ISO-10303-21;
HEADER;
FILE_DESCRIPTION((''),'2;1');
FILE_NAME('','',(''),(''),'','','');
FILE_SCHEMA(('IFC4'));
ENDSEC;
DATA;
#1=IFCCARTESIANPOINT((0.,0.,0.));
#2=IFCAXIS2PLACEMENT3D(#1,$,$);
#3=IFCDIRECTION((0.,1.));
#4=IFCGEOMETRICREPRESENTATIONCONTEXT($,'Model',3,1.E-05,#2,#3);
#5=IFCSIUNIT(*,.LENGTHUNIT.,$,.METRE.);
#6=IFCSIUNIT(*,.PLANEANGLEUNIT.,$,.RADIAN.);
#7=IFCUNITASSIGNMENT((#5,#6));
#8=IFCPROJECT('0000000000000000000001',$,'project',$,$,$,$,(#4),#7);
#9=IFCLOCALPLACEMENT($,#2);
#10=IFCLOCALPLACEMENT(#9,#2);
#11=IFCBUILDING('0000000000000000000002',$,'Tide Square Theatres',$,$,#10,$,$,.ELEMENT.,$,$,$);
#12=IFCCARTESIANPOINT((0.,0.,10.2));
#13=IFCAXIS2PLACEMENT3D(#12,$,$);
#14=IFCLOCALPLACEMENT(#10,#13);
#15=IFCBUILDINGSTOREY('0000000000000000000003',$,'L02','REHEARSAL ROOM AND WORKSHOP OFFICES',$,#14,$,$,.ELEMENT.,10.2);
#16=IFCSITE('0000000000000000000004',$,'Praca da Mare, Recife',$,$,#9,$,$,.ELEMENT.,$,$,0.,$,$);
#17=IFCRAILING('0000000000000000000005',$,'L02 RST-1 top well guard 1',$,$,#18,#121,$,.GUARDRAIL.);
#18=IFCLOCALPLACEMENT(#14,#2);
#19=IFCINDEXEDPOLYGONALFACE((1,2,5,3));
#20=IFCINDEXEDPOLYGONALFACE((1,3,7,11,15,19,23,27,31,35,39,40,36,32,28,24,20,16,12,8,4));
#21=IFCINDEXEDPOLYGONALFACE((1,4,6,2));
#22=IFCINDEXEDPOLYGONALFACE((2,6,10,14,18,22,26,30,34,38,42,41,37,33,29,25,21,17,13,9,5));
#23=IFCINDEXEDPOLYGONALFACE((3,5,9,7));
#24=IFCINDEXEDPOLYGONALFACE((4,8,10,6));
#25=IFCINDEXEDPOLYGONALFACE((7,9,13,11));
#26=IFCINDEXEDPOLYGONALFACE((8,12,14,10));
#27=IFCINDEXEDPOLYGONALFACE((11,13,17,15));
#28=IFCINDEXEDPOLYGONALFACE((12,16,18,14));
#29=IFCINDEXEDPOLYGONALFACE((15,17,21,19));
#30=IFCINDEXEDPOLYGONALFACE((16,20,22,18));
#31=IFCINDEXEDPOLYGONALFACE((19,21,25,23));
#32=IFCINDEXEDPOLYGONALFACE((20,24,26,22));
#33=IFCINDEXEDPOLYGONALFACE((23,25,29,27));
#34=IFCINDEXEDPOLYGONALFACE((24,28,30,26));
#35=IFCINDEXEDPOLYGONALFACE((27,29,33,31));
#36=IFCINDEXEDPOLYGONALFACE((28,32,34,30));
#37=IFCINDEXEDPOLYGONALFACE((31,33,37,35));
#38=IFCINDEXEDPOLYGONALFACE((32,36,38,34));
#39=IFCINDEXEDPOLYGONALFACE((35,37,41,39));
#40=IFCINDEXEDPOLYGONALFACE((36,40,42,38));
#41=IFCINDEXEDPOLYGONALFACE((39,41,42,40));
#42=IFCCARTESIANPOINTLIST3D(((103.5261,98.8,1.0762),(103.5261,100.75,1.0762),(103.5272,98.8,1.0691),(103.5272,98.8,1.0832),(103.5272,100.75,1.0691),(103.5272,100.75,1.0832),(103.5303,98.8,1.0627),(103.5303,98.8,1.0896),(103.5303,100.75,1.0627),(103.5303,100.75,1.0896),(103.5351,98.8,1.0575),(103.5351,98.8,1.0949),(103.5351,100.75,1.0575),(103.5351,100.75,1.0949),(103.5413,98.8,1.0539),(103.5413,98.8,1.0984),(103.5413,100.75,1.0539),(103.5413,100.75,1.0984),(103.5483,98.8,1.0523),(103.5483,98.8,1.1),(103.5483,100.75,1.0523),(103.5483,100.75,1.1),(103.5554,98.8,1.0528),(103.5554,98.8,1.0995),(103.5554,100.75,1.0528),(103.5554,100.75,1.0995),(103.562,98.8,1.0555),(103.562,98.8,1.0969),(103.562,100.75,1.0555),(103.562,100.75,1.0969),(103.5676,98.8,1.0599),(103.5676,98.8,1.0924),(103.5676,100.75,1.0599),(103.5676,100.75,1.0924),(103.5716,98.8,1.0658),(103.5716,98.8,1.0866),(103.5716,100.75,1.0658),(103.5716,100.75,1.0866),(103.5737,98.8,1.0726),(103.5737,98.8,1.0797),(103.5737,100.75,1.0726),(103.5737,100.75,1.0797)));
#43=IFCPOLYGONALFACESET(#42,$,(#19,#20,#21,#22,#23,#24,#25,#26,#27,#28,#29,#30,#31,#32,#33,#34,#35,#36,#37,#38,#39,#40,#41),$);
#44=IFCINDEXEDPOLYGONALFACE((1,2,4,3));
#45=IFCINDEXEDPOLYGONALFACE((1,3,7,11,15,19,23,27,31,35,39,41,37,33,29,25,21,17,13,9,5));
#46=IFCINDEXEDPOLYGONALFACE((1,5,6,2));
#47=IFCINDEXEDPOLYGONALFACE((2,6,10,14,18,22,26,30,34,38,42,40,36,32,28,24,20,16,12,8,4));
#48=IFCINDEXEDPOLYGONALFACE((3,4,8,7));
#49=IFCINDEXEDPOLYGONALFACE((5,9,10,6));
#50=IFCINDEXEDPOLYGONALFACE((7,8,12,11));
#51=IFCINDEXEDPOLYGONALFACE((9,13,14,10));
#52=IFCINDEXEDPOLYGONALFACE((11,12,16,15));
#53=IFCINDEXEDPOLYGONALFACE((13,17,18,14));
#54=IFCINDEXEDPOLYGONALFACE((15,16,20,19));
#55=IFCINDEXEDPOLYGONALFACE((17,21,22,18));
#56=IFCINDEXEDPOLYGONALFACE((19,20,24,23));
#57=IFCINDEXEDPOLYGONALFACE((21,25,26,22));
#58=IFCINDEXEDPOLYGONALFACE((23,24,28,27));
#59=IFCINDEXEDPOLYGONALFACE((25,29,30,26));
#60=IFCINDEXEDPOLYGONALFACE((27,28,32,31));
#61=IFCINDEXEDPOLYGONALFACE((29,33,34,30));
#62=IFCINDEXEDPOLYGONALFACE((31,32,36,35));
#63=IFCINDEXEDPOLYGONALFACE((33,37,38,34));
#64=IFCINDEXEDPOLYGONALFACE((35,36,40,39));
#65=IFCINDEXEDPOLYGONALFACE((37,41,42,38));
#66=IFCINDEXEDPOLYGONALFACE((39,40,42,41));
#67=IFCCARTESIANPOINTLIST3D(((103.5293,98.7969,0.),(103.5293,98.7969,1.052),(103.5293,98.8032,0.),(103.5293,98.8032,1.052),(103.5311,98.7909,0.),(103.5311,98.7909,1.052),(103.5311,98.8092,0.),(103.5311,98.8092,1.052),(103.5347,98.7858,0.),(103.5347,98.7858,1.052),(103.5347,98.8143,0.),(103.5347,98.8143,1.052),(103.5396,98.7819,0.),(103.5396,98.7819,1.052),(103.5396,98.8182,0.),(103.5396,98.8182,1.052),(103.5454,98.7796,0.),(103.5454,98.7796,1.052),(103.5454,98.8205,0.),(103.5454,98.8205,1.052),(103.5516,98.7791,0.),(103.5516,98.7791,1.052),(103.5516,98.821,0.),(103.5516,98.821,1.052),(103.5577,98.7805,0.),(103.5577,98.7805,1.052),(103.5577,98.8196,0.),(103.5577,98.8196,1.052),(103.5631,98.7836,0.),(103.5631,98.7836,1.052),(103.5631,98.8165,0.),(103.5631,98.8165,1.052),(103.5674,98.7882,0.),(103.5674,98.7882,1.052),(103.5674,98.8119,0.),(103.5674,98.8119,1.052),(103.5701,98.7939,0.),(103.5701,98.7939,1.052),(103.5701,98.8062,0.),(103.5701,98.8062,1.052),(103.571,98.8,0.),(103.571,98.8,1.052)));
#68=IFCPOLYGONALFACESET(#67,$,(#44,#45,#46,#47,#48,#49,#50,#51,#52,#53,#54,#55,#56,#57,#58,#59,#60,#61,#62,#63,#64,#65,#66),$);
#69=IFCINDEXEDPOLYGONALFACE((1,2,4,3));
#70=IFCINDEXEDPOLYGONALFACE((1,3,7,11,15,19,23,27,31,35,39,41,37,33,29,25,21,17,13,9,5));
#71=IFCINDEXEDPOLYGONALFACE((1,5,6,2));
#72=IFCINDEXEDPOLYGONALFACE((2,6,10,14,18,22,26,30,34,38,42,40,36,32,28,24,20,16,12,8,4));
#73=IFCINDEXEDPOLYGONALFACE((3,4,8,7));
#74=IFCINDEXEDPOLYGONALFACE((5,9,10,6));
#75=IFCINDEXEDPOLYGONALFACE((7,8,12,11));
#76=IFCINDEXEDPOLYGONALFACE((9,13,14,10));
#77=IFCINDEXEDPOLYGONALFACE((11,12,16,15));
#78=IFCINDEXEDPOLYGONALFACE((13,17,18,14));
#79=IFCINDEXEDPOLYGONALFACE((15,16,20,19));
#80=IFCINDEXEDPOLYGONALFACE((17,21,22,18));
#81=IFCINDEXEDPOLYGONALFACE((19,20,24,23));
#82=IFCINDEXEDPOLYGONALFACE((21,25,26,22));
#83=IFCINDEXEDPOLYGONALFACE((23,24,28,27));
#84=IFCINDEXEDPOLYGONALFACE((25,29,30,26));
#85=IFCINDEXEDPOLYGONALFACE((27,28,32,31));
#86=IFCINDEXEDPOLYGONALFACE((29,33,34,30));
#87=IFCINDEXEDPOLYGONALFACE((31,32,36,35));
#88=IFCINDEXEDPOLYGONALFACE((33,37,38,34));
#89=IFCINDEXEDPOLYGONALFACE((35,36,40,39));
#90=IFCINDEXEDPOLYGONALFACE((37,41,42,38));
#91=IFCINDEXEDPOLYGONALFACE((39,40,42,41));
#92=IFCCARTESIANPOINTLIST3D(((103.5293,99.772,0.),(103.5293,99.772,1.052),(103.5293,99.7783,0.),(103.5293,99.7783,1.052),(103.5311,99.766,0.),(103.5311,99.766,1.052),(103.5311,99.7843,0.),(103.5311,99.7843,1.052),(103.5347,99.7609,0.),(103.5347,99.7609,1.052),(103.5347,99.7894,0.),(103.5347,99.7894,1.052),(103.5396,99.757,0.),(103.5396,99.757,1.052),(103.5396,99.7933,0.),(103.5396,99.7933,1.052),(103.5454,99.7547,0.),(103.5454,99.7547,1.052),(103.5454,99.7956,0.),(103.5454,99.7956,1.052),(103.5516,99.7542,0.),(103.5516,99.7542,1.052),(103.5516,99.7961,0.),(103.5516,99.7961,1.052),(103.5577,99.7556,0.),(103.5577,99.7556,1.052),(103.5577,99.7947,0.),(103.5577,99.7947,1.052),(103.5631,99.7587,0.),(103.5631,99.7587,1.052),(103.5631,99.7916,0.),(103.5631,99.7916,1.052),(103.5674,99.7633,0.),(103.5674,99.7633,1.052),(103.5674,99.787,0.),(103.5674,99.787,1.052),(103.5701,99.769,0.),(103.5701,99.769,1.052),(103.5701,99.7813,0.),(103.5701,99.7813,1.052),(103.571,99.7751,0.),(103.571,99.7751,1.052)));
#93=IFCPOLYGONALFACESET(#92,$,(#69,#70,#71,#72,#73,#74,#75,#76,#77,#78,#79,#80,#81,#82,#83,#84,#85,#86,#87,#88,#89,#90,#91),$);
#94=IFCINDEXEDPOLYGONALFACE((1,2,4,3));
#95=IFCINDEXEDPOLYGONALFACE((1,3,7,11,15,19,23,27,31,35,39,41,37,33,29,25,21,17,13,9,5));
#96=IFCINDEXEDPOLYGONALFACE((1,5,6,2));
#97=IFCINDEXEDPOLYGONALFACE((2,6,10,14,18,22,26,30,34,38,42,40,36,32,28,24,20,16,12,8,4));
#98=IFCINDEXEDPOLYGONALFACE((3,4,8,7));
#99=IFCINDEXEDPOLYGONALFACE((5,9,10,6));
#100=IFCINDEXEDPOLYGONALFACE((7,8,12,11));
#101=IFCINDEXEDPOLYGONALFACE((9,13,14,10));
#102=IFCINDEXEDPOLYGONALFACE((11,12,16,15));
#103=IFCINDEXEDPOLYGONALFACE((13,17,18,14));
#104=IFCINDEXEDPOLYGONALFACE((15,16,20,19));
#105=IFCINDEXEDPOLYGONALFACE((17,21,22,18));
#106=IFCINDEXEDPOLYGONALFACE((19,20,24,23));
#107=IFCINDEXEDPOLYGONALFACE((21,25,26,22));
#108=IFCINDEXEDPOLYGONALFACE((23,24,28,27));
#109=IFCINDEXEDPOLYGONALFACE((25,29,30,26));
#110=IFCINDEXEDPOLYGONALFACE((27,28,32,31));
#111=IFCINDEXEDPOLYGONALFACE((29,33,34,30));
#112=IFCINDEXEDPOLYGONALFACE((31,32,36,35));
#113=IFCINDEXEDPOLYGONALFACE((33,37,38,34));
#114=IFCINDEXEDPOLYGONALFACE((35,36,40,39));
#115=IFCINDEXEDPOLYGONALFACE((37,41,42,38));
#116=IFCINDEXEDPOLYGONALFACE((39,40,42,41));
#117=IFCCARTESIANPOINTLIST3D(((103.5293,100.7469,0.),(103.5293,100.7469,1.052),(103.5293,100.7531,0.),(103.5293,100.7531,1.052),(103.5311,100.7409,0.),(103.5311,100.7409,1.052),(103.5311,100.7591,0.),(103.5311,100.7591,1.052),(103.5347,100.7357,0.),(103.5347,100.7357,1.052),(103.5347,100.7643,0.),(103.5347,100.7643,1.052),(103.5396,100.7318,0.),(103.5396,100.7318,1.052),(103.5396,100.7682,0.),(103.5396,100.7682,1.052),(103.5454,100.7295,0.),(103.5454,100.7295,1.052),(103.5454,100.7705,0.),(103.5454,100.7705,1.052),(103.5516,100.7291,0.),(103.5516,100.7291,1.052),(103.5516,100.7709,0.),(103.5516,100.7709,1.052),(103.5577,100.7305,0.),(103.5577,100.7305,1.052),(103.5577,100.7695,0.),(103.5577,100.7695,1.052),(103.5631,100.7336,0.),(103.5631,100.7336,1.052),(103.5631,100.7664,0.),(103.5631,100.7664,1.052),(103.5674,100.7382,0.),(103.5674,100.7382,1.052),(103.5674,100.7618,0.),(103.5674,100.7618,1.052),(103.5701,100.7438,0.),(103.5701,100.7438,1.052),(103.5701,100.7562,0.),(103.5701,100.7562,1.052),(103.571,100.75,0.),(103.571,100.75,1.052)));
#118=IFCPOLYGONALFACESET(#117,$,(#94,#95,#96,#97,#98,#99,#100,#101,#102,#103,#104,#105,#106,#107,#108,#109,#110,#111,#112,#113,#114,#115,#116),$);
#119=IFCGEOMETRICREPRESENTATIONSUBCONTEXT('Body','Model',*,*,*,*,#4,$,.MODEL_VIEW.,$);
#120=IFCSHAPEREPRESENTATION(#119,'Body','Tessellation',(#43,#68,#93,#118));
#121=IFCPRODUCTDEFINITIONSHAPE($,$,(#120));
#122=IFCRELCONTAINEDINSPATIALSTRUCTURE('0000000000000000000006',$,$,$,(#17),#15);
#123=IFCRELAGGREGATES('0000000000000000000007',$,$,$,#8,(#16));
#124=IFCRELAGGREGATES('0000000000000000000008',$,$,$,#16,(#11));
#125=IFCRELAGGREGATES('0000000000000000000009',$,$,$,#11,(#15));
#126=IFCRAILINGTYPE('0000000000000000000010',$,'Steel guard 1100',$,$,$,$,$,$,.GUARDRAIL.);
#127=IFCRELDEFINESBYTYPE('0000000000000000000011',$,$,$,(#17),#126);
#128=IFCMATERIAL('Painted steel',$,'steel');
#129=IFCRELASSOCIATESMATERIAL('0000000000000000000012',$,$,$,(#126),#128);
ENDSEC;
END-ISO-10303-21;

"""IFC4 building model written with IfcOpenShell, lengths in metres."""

from ifc_helpers import new_model, si_unit, direction, frame, origin, origin_2d, place, context, subcontext, project, spatial, circle, extrude, material, type_object, element, save


model = new_model("IFC4")

# Units and contexts
model_context = context("Model", 3, precision=1e-05, world=origin(), true_north=direction((0.0, 1.0)))
body_context = subcontext(model_context, "Body", "Model", "MODEL_VIEW")
ifc_project = project(units=[si_unit("LENGTHUNIT", "METRE"), si_unit("PLANEANGLEUNIT", "RADIAN")], contexts=[model_context])

# Site, building, storey
site_placement = place(None, origin())
site = spatial("IfcSite", under=ifc_project, at=site_placement, Name="Praca da Mare, Recife", CompositionType="ELEMENT", RefElevation=0.0)
building_placement = place(site_placement, origin())
building = spatial("IfcBuilding", under=site, at=building_placement, Name="Tide Square Theatres", CompositionType="ELEMENT")
storey_placement = place(building_placement, frame((0.0, 0.0, 10.2)))
storey = spatial("IfcBuildingStorey", under=building, at=storey_placement, Name="L02", Description="REHEARSAL ROOM AND WORKSHOP OFFICES", CompositionType="ELEMENT", Elevation=10.2)

# Railing
ifc_material_1 = material(Name="Painted steel", Category="steel")
railing_type = type_object("IfcRailingType", Name="Steel guard 1100", PredefinedType="GUARDRAIL", material=ifc_material_1)
railing_placement = place(storey_placement, frame((103.55, 98.8, 0.0)))
element("IfcRailing", 1, at=railing_placement, inside=storey, type_object=railing_type, Name="L02 RST-1 top well guard 1", PredefinedType="GUARDRAIL", context=body_context, shape_type="SweptSolid", body=[
    extrude(circle(Radius=0.0239, at=origin_2d()), frame((0.0, 0.0, 1.0762), z_axis=(0.0, 1.0, 0.0), x_axis=(-1.0, 0.0, 0.0)), (0.0, 0.0, 1.0), 1.95),
    extrude(circle(Radius=0.021, at=origin_2d()), origin(), (0.0, 0.0, 1.0), 1.052),
    extrude(circle(Radius=0.021, at=origin_2d()), frame((0.0, 0.9751, 0.0)), (0.0, 0.0, 1.0), 1.052),
    extrude(circle(Radius=0.021, at=origin_2d()), frame((0.0, 1.95, 0.0)), (0.0, 0.0, 1.0), 1.052),
])

save(model, "model.ifc")
